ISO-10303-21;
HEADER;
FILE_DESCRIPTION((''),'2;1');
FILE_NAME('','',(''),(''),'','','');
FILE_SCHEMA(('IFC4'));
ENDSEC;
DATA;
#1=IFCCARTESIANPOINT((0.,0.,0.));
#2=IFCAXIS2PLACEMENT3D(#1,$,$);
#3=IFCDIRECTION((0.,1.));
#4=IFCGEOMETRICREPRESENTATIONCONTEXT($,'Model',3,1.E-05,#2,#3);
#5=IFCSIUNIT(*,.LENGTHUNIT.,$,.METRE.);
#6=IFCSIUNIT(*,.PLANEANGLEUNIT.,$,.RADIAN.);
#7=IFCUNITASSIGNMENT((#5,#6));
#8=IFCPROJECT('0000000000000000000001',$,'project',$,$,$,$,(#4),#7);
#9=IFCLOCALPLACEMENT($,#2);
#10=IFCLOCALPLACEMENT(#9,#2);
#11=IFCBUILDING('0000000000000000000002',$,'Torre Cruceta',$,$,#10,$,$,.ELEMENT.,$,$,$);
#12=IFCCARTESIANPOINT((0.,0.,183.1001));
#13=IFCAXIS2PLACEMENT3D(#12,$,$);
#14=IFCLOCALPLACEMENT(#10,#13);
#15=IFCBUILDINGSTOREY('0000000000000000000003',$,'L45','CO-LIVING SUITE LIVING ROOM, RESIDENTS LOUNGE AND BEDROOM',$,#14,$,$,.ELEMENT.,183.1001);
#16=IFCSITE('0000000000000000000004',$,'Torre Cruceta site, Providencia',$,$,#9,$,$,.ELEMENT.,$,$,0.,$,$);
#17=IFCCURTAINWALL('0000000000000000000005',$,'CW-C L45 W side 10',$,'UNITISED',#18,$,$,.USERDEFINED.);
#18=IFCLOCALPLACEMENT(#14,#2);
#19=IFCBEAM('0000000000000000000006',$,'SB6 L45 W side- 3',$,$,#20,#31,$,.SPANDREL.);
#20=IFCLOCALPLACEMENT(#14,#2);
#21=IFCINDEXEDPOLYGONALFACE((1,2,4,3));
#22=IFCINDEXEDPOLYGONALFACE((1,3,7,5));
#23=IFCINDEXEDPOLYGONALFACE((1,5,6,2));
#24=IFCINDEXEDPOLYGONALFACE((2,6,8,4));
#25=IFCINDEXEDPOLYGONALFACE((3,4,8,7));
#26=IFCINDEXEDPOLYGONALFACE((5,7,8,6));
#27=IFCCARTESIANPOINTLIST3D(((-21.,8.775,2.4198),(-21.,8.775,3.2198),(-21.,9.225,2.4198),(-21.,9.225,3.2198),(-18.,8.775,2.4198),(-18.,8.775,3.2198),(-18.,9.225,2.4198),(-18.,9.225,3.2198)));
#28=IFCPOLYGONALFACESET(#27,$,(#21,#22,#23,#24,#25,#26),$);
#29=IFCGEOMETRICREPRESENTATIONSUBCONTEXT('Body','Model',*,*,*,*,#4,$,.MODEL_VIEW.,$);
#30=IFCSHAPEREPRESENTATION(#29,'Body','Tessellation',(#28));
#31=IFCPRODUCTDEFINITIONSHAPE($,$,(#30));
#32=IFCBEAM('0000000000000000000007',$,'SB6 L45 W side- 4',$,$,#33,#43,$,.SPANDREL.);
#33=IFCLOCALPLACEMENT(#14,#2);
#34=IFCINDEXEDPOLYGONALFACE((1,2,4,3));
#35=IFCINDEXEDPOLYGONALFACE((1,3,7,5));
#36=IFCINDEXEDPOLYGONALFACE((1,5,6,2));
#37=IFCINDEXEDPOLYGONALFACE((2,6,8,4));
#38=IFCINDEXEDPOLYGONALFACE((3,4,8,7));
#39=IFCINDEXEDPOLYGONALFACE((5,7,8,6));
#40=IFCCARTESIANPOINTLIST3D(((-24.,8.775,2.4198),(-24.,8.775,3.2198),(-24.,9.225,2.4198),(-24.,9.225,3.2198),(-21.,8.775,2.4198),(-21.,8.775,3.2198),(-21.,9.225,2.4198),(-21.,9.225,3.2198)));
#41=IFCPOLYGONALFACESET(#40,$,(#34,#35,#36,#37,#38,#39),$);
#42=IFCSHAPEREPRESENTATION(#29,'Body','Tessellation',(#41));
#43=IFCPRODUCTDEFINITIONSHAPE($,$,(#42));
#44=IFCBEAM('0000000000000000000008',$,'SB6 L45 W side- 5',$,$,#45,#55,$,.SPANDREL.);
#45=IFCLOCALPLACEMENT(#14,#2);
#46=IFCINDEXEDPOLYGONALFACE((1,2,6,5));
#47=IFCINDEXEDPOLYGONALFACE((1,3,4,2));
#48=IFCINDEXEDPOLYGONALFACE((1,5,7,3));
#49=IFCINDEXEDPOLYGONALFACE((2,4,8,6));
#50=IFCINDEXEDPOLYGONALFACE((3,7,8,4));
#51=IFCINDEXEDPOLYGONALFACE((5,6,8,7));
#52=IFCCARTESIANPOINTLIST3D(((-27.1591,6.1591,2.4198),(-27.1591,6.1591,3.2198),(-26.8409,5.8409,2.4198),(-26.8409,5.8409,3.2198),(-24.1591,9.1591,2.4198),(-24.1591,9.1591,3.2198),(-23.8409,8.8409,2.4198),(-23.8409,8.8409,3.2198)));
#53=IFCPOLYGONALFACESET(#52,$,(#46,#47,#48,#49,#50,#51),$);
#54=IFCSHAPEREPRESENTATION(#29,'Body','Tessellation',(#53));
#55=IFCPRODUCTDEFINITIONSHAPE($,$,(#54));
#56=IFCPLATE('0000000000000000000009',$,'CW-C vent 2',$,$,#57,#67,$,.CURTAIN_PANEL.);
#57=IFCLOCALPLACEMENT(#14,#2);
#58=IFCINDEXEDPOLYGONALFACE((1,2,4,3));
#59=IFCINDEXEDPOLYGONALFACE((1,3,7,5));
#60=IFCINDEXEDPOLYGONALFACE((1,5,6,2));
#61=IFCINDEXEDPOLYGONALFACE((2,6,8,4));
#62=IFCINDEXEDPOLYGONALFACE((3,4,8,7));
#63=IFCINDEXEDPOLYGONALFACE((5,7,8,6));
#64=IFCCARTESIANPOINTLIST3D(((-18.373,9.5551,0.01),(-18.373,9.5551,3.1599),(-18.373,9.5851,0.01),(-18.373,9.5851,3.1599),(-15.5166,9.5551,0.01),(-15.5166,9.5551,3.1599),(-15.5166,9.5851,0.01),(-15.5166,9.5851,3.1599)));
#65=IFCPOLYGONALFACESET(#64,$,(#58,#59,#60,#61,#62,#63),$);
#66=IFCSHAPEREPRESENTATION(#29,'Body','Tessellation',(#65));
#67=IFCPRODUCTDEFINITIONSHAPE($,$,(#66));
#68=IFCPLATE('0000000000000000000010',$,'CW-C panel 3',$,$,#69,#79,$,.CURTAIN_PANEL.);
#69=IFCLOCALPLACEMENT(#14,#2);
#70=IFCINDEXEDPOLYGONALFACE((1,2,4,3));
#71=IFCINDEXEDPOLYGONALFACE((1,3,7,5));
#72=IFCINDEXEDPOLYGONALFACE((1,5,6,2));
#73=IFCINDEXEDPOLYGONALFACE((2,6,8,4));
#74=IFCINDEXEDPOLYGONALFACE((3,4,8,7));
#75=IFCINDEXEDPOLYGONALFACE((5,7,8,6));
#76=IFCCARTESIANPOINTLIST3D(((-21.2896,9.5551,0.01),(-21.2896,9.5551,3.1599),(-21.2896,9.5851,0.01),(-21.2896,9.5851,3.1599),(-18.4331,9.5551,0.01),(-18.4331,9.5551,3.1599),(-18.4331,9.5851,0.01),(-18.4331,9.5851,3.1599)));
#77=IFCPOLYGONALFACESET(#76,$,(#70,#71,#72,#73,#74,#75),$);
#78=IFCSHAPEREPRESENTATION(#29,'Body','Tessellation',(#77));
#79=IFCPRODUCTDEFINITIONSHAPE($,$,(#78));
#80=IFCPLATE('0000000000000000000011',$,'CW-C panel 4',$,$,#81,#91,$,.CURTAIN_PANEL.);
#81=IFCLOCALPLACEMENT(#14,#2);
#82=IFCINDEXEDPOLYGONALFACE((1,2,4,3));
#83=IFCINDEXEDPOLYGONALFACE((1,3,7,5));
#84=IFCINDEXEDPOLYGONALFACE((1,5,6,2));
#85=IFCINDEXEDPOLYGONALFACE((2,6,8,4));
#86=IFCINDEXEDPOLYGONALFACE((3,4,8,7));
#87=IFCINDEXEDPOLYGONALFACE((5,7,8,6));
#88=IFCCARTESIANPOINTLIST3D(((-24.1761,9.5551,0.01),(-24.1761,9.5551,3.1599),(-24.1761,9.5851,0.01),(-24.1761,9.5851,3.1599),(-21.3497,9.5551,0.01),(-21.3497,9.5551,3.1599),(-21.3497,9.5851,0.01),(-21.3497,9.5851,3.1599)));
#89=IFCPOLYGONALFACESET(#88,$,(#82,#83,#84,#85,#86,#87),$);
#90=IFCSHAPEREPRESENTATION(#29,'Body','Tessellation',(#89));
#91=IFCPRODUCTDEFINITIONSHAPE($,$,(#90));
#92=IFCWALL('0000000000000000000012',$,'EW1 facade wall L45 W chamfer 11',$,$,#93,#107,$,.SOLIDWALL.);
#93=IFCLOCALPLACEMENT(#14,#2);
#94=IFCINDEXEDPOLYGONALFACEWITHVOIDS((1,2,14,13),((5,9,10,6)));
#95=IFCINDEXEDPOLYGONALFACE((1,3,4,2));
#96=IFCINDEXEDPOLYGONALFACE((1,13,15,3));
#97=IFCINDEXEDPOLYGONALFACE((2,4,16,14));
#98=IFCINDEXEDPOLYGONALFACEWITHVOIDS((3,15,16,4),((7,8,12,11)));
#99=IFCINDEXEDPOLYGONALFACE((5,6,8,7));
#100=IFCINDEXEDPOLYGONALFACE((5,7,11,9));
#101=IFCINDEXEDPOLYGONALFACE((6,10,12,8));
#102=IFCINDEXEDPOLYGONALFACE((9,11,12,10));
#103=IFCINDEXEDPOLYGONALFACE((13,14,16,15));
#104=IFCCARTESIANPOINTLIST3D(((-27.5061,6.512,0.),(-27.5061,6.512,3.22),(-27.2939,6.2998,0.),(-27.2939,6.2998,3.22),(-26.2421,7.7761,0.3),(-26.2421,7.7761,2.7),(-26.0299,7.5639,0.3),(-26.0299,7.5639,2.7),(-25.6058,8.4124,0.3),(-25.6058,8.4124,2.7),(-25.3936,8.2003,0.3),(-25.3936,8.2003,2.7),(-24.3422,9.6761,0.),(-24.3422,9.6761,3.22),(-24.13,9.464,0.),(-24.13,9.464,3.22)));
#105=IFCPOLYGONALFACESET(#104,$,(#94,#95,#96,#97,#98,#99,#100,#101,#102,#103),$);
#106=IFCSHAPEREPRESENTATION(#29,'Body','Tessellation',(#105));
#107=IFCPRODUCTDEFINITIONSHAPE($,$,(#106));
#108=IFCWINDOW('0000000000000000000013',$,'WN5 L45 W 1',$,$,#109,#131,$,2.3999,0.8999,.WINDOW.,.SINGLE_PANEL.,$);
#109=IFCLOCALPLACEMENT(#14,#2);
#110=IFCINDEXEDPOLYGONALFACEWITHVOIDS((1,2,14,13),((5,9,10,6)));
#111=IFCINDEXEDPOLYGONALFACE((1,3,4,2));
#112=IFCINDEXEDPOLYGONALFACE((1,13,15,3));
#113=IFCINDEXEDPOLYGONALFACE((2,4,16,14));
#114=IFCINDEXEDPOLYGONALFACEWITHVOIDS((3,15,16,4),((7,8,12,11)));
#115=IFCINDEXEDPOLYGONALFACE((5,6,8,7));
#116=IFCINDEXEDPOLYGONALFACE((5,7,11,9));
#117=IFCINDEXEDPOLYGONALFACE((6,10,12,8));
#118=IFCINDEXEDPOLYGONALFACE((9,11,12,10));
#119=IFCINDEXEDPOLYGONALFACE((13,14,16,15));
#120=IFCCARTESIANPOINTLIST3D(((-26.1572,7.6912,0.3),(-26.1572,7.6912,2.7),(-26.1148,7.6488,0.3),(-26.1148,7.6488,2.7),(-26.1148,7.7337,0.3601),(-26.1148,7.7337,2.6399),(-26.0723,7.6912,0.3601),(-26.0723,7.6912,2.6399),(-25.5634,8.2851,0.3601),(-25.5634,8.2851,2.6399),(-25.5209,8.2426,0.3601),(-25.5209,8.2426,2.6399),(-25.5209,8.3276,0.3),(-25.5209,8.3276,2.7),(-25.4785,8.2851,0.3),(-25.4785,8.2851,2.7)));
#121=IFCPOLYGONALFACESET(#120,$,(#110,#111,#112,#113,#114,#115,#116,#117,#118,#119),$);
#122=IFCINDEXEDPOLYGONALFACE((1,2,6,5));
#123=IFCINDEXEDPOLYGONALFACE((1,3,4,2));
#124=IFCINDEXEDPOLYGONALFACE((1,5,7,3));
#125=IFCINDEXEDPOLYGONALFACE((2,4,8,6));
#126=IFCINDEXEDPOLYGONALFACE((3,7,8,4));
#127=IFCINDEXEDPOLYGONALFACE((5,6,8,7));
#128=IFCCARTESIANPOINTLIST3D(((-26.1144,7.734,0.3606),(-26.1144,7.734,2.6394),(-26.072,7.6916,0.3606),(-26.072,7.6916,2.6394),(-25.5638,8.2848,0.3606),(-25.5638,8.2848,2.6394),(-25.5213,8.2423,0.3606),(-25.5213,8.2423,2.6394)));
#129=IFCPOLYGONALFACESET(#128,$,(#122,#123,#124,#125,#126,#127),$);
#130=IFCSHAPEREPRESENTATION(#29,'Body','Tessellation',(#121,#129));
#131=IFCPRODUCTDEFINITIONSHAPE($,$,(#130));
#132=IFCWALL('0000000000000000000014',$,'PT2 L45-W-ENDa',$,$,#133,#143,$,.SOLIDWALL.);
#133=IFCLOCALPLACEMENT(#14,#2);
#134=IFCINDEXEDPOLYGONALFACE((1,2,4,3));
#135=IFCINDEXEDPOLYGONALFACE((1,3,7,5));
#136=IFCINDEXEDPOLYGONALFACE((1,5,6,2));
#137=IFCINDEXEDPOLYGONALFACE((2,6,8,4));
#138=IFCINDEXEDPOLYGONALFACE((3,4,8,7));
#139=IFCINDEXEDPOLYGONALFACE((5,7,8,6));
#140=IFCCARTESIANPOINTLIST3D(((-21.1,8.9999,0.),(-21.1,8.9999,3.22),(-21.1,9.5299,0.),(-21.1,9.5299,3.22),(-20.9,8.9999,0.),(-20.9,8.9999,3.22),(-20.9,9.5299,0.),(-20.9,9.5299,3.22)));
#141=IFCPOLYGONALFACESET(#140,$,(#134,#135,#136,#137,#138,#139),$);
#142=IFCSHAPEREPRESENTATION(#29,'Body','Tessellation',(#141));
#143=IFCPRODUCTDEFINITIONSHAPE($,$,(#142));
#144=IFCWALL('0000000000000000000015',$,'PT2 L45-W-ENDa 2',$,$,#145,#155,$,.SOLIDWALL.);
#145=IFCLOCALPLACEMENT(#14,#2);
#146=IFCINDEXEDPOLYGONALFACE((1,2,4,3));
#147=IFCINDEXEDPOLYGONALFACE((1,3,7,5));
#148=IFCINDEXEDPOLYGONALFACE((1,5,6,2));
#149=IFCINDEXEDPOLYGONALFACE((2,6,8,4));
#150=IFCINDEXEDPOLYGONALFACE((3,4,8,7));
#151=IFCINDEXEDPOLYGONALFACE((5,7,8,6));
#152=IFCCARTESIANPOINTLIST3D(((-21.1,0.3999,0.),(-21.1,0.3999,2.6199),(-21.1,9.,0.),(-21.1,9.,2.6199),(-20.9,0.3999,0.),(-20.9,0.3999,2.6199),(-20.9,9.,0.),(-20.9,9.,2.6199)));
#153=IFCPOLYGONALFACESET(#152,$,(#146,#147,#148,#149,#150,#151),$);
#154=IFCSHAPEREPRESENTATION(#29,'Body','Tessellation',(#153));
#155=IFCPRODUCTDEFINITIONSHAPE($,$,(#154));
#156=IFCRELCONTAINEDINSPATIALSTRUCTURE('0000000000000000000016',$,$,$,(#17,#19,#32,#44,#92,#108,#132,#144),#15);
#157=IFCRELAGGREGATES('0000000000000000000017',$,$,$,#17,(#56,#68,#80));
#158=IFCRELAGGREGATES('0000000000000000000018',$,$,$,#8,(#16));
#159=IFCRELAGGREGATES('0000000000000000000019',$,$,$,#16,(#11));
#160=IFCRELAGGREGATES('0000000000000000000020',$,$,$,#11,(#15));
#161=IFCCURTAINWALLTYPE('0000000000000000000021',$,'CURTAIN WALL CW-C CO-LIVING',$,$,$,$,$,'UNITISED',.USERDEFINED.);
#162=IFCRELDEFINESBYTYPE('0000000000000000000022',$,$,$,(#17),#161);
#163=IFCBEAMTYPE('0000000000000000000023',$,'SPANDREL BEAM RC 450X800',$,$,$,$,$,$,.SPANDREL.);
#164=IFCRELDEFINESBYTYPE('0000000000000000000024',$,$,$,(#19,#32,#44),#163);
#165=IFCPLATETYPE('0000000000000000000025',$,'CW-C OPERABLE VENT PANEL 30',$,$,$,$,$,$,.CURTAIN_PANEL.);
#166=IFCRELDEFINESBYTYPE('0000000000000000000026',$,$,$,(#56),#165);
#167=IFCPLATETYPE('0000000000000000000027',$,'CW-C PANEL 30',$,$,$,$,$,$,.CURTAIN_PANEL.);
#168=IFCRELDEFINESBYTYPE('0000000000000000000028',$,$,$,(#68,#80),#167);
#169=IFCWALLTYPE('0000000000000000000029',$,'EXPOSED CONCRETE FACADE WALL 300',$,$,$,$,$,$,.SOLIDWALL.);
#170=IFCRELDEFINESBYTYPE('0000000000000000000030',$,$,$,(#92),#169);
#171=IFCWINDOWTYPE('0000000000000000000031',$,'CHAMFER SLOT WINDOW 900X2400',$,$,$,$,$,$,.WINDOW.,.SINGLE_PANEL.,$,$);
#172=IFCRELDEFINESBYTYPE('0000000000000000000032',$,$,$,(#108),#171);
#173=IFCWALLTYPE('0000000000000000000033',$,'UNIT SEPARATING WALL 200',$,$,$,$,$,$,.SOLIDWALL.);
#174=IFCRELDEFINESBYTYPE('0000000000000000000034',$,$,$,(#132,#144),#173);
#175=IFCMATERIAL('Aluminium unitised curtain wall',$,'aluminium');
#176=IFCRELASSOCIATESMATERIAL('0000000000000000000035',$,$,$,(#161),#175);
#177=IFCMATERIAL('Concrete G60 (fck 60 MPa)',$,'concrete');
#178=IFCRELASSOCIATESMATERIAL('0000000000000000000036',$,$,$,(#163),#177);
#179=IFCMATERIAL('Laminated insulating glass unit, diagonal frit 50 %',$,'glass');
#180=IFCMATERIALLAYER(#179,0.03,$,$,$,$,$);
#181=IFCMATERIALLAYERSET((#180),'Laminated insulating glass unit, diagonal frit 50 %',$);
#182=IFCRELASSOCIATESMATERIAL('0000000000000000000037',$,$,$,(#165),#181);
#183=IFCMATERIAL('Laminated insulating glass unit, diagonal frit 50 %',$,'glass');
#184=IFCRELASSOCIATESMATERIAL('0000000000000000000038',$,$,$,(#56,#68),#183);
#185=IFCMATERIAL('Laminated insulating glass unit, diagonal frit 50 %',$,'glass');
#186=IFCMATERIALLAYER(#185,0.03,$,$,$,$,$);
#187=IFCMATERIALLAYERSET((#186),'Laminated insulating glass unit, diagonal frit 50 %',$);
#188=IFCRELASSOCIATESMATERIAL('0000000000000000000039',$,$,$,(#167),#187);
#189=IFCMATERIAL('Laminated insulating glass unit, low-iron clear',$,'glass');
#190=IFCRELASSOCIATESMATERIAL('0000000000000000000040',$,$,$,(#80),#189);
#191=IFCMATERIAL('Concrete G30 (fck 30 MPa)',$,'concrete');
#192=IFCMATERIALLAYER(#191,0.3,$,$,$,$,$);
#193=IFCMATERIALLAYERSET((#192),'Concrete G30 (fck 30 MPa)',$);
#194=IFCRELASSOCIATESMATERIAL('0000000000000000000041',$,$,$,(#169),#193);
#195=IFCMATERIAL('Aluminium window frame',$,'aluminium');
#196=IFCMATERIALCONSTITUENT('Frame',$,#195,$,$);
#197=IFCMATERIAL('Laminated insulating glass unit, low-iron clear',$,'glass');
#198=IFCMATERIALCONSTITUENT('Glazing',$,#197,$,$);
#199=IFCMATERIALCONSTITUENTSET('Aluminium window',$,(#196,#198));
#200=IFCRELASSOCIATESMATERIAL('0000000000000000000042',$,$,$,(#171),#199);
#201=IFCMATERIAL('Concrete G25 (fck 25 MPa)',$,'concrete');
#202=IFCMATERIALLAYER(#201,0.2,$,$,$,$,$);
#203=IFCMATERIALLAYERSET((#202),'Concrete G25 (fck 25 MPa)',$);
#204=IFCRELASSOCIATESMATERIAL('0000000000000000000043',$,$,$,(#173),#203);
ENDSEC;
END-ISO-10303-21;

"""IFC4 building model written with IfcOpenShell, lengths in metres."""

from ifc_helpers import new_model, si_unit, direction, frame, frame_2d, origin, origin_2d, place, context, subcontext, project, spatial, rectangle, hollow_rectangle, extrude, material, layer, layer_set, constituent, constituent_set, material_profile, profile_set, type_object, element, fill, aggregate, save


model = new_model("IFC4")

# Units and contexts
model_context = context("Model", 3, precision=1e-05, world=origin(), true_north=direction((0.0, 1.0)))
body_context = subcontext(model_context, "Body", "Model", "MODEL_VIEW")
ifc_project = project(units=[si_unit("LENGTHUNIT", "METRE"), si_unit("PLANEANGLEUNIT", "RADIAN")], contexts=[model_context])

# Site, building, storey
site_placement = place(None, origin())
site = spatial("IfcSite", under=ifc_project, at=site_placement, Name="Torre Cruceta site, Providencia", CompositionType="ELEMENT", RefElevation=0.0)
building_placement = place(site_placement, origin())
building = spatial("IfcBuilding", under=site, at=building_placement, Name="Torre Cruceta", CompositionType="ELEMENT")
storey_placement = place(building_placement, frame((0.0, 0.0, 183.1001)))
storey = spatial("IfcBuildingStorey", under=building, at=storey_placement, Name="L45", Description="CO-LIVING SUITE LIVING ROOM, RESIDENTS LOUNGE AND BEDROOM", CompositionType="ELEMENT", Elevation=183.1001)

# Curtain wall
ifc_material_1 = material(Name="Aluminium unitised curtain wall", Category="aluminium")
curtain_wall_type = type_object("IfcCurtainWallType", Name="CURTAIN WALL CW-C CO-LIVING", ElementType="UNITISED", PredefinedType="USERDEFINED", material=ifc_material_1)
curtain_wall_placement = place(storey_placement, origin())
curtain_wall = element("IfcCurtainWall", 1, at=curtain_wall_placement, inside=storey, type_object=curtain_wall_type, Name="CW-C L45 W side 10", ObjectType="UNITISED", PredefinedType="USERDEFINED")

# Beams
ifc_material_2 = material(Name="Concrete G60 (fck 60 MPa)", Category="concrete")
ifc_material_profile_1 = material_profile(ifc_material_2, rectangle(XDim=0.45, YDim=0.8, at=origin_2d()), Name="RC 450X800")
ifc_profile_set_1 = profile_set([ifc_material_profile_1], Name="Concrete G60 (fck 60 MPa)")
beam_type_1 = type_object("IfcBeamType", Name="SPANDREL BEAM RC 450X800", PredefinedType="SPANDREL", material=ifc_profile_set_1)
for number, where, z_axis, x_axis, name in (
    (2, (-18.0, 9.0, 2.8198), (-1.0, 0.0, 0.0), (0.0, -1.0, 0.0), "SB6 L45 W side- 3"),
    (3, (-21.0, 9.0, 2.8198), (-1.0, 0.0, 0.0), (0.0, -1.0, 0.0), "SB6 L45 W side- 4"),
):
    element("IfcBeam", number, at=place(storey_placement, frame(where, z_axis=z_axis, x_axis=x_axis)), inside=storey, type_object=beam_type_1, Name=name, PredefinedType="SPANDREL", context=body_context, shape_type="SweptSolid", body=[
        extrude(rectangle(XDim=0.45, YDim=0.8, at=origin_2d()), origin(), (0.0, 0.0, 1.0), 3.0),
    ])
beam_1_placement = place(storey_placement, frame((-24.0, 9.0, 2.8198), z_axis=(-0.707107, -0.707107, 0.0), x_axis=(0.707107, -0.707107, 0.0)))
element("IfcBeam", 4, at=beam_1_placement, inside=storey, type_object=beam_type_1, Name="SB6 L45 W side- 5", PredefinedType="SPANDREL", context=body_context, shape_type="SweptSolid", body=[
    extrude(rectangle(XDim=0.45, YDim=0.8, at=origin_2d()), origin(), (0.0, 0.0, 1.0), 4.2427),
])

# Plates
ifc_material_3 = material(Name="Laminated insulating glass unit, diagonal frit 50 %", Category="glass")
ifc_material_4 = material(Name="Laminated insulating glass unit, diagonal frit 50 %", Category="glass")
ifc_layer_1 = layer(ifc_material_4, 0.03)
ifc_layer_set_1 = layer_set([ifc_layer_1], Name="Laminated insulating glass unit, diagonal frit 50 %")
plate_type_1 = type_object("IfcPlateType", Name="CW-C OPERABLE VENT PANEL 30", PredefinedType="CURTAIN_PANEL", material=ifc_layer_set_1)
plate_1_placement = place(storey_placement, frame((-16.9448, 9.5701, 0.01), z_axis=(0.0, 0.0, 1.0), x_axis=(-1.0, 0.0, 0.0)))
plate_1 = element("IfcPlate", 5, at=plate_1_placement, type_object=plate_type_1, material=ifc_material_3, Name="CW-C vent 2", PredefinedType="CURTAIN_PANEL", context=body_context, shape_type="SweptSolid", body=[
    extrude(rectangle(XDim=2.8564, YDim=0.03, at=origin_2d()), origin(), (0.0, 0.0, 1.0), 3.1499),
])
ifc_material_5 = material(Name="Laminated insulating glass unit, diagonal frit 50 %", Category="glass")
ifc_layer_2 = layer(ifc_material_5, 0.03)
ifc_layer_set_2 = layer_set([ifc_layer_2], Name="Laminated insulating glass unit, diagonal frit 50 %")
plate_type_2 = type_object("IfcPlateType", Name="CW-C PANEL 30", PredefinedType="CURTAIN_PANEL", material=ifc_layer_set_2)
plate_2_placement = place(storey_placement, frame((-19.8613, 9.5701, 0.01), z_axis=(0.0, 0.0, 1.0), x_axis=(-1.0, 0.0, 0.0)))
plate_2 = element("IfcPlate", 6, at=plate_2_placement, type_object=plate_type_2, material=ifc_material_3, Name="CW-C panel 3", PredefinedType="CURTAIN_PANEL", context=body_context, shape_type="SweptSolid", body=[
    extrude(rectangle(XDim=2.8564, YDim=0.03, at=origin_2d()), origin(), (0.0, 0.0, 1.0), 3.1499),
])
ifc_material_6 = material(Name="Laminated insulating glass unit, low-iron clear", Category="glass")
plate_3_placement = place(storey_placement, frame((-22.7629, 9.5701, 0.01), z_axis=(0.0, 0.0, 1.0), x_axis=(-1.0, 0.0, 0.0)))
plate_3 = element("IfcPlate", 7, at=plate_3_placement, type_object=plate_type_2, material=ifc_material_6, Name="CW-C panel 4", PredefinedType="CURTAIN_PANEL", context=body_context, shape_type="SweptSolid", body=[
    extrude(rectangle(XDim=2.8264, YDim=0.03, at=origin_2d()), origin(), (0.0, 0.0, 1.0), 3.1499),
])
aggregate(curtain_wall, [plate_1, plate_2, plate_3])

# Wall, opening, window
ifc_material_7 = material(Name="Concrete G30 (fck 30 MPa)", Category="concrete")
ifc_layer_3 = layer(ifc_material_7, 0.3)
ifc_layer_set_3 = layer_set([ifc_layer_3], Name="Concrete G30 (fck 30 MPa)")
wall_type_1 = type_object("IfcWallType", Name="EXPOSED CONCRETE FACADE WALL 300", PredefinedType="SOLIDWALL", material=ifc_layer_set_3)
wall_1_placement = place(storey_placement, frame((-24.2361, 9.5701, 0.0), z_axis=(0.0, 0.0, 1.0), x_axis=(-0.707079, -0.707134, 0.0)))
wall_1 = element("IfcWall", 8, at=wall_1_placement, inside=storey, type_object=wall_type_1, Name="EW1 facade wall L45 W chamfer 11", PredefinedType="SOLIDWALL", context=body_context, shape_type="SweptSolid", body=[
    extrude(rectangle(XDim=4.4746, YDim=0.3, at=frame_2d((2.2373, 0.0))), origin(), (0.0, 0.0, 1.0), 3.22),
])
opening_placement = place(wall_1_placement, frame((1.7871, 0.0, 0.3)))
opening = element("IfcOpeningElement", 9, at=opening_placement, cuts=wall_1, PredefinedType="OPENING", context=body_context, shape_type="SweptSolid", body=[
    extrude(rectangle(XDim=0.8999, YDim=2.3999, at=frame_2d((0.45, 1.2))), frame((0.0, 0.1599, 0.0), z_axis=(0.0, -1.0, 0.0), x_axis=(1.0, 0.0, 0.0)), (0.0, 0.0, 1.0), 0.3201),
])
ifc_material_8 = material(Name="Aluminium window frame", Category="aluminium")
ifc_constituent_1 = constituent(ifc_material_8, Name="Frame")
ifc_material_9 = material(Name="Laminated insulating glass unit, low-iron clear", Category="glass")
ifc_constituent_2 = constituent(ifc_material_9, Name="Glazing")
ifc_constituent_set = constituent_set(constituents=[ifc_constituent_1, ifc_constituent_2], Name="Aluminium window")
window_type = type_object("IfcWindowType", Name="CHAMFER SLOT WINDOW 900X2400", PartitioningType="SINGLE_PANEL", PredefinedType="WINDOW", material=ifc_constituent_set)
window_placement = place(opening_placement, origin())
window = element("IfcWindow", 10, at=window_placement, inside=storey, type_object=window_type, Name="WN5 L45 W 1", OverallHeight=2.3999, OverallWidth=0.8999, PartitioningType="SINGLE_PANEL", PredefinedType="WINDOW", context=body_context, shape_type="SweptSolid", body=[
    extrude(hollow_rectangle(XDim=0.8999, YDim=2.3999, WallThickness=0.0601, at=frame_2d((0.45, 1.2))), frame((0.0, 0.03, 0.0), z_axis=(0.0, -1.0, 0.0), x_axis=(1.0, 0.0, 0.0)), (0.0, 0.0, 1.0), 0.0601),
    extrude(rectangle(XDim=0.7788, YDim=2.2788, at=frame_2d((0.45, 1.2))), frame((0.0, 0.03, 0.0), z_axis=(0.0, -1.0, 0.0), x_axis=(1.0, 0.0, 0.0)), (0.0, 0.0, 1.0), 0.0601),
])
fill(opening, window)

# Walls
ifc_material_10 = material(Name="Concrete G25 (fck 25 MPa)", Category="concrete")
ifc_layer_4 = layer(ifc_material_10, 0.2)
ifc_layer_set_4 = layer_set([ifc_layer_4], Name="Concrete G25 (fck 25 MPa)")
wall_type_2 = type_object("IfcWallType", Name="UNIT SEPARATING WALL 200", PredefinedType="SOLIDWALL", material=ifc_layer_set_4)
wall_2_placement = place(storey_placement, frame((-21.0, 9.53, 0.0), z_axis=(0.0, 0.0, 1.0), x_axis=(0.0, -1.0, 0.0)))
element("IfcWall", 11, at=wall_2_placement, inside=storey, type_object=wall_type_2, Name="PT2 L45-W-ENDa", PredefinedType="SOLIDWALL", context=body_context, shape_type="SweptSolid", body=[
    extrude(rectangle(XDim=0.53, YDim=0.2, at=frame_2d((0.2651, 0.0))), origin(), (0.0, 0.0, 1.0), 3.22),
])
wall_3_placement = place(storey_placement, frame((-21.0, 9.0, 0.0), z_axis=(0.0, 0.0, 1.0), x_axis=(0.0, -1.0, 0.0)))
element("IfcWall", 12, at=wall_3_placement, inside=storey, type_object=wall_type_2, Name="PT2 L45-W-ENDa 2", PredefinedType="SOLIDWALL", context=body_context, shape_type="SweptSolid", body=[
    extrude(rectangle(XDim=8.6001, YDim=0.2, at=frame_2d((4.3, 0.0))), origin(), (0.0, 0.0, 1.0), 2.6199),
])

save(model, "model.ifc")
